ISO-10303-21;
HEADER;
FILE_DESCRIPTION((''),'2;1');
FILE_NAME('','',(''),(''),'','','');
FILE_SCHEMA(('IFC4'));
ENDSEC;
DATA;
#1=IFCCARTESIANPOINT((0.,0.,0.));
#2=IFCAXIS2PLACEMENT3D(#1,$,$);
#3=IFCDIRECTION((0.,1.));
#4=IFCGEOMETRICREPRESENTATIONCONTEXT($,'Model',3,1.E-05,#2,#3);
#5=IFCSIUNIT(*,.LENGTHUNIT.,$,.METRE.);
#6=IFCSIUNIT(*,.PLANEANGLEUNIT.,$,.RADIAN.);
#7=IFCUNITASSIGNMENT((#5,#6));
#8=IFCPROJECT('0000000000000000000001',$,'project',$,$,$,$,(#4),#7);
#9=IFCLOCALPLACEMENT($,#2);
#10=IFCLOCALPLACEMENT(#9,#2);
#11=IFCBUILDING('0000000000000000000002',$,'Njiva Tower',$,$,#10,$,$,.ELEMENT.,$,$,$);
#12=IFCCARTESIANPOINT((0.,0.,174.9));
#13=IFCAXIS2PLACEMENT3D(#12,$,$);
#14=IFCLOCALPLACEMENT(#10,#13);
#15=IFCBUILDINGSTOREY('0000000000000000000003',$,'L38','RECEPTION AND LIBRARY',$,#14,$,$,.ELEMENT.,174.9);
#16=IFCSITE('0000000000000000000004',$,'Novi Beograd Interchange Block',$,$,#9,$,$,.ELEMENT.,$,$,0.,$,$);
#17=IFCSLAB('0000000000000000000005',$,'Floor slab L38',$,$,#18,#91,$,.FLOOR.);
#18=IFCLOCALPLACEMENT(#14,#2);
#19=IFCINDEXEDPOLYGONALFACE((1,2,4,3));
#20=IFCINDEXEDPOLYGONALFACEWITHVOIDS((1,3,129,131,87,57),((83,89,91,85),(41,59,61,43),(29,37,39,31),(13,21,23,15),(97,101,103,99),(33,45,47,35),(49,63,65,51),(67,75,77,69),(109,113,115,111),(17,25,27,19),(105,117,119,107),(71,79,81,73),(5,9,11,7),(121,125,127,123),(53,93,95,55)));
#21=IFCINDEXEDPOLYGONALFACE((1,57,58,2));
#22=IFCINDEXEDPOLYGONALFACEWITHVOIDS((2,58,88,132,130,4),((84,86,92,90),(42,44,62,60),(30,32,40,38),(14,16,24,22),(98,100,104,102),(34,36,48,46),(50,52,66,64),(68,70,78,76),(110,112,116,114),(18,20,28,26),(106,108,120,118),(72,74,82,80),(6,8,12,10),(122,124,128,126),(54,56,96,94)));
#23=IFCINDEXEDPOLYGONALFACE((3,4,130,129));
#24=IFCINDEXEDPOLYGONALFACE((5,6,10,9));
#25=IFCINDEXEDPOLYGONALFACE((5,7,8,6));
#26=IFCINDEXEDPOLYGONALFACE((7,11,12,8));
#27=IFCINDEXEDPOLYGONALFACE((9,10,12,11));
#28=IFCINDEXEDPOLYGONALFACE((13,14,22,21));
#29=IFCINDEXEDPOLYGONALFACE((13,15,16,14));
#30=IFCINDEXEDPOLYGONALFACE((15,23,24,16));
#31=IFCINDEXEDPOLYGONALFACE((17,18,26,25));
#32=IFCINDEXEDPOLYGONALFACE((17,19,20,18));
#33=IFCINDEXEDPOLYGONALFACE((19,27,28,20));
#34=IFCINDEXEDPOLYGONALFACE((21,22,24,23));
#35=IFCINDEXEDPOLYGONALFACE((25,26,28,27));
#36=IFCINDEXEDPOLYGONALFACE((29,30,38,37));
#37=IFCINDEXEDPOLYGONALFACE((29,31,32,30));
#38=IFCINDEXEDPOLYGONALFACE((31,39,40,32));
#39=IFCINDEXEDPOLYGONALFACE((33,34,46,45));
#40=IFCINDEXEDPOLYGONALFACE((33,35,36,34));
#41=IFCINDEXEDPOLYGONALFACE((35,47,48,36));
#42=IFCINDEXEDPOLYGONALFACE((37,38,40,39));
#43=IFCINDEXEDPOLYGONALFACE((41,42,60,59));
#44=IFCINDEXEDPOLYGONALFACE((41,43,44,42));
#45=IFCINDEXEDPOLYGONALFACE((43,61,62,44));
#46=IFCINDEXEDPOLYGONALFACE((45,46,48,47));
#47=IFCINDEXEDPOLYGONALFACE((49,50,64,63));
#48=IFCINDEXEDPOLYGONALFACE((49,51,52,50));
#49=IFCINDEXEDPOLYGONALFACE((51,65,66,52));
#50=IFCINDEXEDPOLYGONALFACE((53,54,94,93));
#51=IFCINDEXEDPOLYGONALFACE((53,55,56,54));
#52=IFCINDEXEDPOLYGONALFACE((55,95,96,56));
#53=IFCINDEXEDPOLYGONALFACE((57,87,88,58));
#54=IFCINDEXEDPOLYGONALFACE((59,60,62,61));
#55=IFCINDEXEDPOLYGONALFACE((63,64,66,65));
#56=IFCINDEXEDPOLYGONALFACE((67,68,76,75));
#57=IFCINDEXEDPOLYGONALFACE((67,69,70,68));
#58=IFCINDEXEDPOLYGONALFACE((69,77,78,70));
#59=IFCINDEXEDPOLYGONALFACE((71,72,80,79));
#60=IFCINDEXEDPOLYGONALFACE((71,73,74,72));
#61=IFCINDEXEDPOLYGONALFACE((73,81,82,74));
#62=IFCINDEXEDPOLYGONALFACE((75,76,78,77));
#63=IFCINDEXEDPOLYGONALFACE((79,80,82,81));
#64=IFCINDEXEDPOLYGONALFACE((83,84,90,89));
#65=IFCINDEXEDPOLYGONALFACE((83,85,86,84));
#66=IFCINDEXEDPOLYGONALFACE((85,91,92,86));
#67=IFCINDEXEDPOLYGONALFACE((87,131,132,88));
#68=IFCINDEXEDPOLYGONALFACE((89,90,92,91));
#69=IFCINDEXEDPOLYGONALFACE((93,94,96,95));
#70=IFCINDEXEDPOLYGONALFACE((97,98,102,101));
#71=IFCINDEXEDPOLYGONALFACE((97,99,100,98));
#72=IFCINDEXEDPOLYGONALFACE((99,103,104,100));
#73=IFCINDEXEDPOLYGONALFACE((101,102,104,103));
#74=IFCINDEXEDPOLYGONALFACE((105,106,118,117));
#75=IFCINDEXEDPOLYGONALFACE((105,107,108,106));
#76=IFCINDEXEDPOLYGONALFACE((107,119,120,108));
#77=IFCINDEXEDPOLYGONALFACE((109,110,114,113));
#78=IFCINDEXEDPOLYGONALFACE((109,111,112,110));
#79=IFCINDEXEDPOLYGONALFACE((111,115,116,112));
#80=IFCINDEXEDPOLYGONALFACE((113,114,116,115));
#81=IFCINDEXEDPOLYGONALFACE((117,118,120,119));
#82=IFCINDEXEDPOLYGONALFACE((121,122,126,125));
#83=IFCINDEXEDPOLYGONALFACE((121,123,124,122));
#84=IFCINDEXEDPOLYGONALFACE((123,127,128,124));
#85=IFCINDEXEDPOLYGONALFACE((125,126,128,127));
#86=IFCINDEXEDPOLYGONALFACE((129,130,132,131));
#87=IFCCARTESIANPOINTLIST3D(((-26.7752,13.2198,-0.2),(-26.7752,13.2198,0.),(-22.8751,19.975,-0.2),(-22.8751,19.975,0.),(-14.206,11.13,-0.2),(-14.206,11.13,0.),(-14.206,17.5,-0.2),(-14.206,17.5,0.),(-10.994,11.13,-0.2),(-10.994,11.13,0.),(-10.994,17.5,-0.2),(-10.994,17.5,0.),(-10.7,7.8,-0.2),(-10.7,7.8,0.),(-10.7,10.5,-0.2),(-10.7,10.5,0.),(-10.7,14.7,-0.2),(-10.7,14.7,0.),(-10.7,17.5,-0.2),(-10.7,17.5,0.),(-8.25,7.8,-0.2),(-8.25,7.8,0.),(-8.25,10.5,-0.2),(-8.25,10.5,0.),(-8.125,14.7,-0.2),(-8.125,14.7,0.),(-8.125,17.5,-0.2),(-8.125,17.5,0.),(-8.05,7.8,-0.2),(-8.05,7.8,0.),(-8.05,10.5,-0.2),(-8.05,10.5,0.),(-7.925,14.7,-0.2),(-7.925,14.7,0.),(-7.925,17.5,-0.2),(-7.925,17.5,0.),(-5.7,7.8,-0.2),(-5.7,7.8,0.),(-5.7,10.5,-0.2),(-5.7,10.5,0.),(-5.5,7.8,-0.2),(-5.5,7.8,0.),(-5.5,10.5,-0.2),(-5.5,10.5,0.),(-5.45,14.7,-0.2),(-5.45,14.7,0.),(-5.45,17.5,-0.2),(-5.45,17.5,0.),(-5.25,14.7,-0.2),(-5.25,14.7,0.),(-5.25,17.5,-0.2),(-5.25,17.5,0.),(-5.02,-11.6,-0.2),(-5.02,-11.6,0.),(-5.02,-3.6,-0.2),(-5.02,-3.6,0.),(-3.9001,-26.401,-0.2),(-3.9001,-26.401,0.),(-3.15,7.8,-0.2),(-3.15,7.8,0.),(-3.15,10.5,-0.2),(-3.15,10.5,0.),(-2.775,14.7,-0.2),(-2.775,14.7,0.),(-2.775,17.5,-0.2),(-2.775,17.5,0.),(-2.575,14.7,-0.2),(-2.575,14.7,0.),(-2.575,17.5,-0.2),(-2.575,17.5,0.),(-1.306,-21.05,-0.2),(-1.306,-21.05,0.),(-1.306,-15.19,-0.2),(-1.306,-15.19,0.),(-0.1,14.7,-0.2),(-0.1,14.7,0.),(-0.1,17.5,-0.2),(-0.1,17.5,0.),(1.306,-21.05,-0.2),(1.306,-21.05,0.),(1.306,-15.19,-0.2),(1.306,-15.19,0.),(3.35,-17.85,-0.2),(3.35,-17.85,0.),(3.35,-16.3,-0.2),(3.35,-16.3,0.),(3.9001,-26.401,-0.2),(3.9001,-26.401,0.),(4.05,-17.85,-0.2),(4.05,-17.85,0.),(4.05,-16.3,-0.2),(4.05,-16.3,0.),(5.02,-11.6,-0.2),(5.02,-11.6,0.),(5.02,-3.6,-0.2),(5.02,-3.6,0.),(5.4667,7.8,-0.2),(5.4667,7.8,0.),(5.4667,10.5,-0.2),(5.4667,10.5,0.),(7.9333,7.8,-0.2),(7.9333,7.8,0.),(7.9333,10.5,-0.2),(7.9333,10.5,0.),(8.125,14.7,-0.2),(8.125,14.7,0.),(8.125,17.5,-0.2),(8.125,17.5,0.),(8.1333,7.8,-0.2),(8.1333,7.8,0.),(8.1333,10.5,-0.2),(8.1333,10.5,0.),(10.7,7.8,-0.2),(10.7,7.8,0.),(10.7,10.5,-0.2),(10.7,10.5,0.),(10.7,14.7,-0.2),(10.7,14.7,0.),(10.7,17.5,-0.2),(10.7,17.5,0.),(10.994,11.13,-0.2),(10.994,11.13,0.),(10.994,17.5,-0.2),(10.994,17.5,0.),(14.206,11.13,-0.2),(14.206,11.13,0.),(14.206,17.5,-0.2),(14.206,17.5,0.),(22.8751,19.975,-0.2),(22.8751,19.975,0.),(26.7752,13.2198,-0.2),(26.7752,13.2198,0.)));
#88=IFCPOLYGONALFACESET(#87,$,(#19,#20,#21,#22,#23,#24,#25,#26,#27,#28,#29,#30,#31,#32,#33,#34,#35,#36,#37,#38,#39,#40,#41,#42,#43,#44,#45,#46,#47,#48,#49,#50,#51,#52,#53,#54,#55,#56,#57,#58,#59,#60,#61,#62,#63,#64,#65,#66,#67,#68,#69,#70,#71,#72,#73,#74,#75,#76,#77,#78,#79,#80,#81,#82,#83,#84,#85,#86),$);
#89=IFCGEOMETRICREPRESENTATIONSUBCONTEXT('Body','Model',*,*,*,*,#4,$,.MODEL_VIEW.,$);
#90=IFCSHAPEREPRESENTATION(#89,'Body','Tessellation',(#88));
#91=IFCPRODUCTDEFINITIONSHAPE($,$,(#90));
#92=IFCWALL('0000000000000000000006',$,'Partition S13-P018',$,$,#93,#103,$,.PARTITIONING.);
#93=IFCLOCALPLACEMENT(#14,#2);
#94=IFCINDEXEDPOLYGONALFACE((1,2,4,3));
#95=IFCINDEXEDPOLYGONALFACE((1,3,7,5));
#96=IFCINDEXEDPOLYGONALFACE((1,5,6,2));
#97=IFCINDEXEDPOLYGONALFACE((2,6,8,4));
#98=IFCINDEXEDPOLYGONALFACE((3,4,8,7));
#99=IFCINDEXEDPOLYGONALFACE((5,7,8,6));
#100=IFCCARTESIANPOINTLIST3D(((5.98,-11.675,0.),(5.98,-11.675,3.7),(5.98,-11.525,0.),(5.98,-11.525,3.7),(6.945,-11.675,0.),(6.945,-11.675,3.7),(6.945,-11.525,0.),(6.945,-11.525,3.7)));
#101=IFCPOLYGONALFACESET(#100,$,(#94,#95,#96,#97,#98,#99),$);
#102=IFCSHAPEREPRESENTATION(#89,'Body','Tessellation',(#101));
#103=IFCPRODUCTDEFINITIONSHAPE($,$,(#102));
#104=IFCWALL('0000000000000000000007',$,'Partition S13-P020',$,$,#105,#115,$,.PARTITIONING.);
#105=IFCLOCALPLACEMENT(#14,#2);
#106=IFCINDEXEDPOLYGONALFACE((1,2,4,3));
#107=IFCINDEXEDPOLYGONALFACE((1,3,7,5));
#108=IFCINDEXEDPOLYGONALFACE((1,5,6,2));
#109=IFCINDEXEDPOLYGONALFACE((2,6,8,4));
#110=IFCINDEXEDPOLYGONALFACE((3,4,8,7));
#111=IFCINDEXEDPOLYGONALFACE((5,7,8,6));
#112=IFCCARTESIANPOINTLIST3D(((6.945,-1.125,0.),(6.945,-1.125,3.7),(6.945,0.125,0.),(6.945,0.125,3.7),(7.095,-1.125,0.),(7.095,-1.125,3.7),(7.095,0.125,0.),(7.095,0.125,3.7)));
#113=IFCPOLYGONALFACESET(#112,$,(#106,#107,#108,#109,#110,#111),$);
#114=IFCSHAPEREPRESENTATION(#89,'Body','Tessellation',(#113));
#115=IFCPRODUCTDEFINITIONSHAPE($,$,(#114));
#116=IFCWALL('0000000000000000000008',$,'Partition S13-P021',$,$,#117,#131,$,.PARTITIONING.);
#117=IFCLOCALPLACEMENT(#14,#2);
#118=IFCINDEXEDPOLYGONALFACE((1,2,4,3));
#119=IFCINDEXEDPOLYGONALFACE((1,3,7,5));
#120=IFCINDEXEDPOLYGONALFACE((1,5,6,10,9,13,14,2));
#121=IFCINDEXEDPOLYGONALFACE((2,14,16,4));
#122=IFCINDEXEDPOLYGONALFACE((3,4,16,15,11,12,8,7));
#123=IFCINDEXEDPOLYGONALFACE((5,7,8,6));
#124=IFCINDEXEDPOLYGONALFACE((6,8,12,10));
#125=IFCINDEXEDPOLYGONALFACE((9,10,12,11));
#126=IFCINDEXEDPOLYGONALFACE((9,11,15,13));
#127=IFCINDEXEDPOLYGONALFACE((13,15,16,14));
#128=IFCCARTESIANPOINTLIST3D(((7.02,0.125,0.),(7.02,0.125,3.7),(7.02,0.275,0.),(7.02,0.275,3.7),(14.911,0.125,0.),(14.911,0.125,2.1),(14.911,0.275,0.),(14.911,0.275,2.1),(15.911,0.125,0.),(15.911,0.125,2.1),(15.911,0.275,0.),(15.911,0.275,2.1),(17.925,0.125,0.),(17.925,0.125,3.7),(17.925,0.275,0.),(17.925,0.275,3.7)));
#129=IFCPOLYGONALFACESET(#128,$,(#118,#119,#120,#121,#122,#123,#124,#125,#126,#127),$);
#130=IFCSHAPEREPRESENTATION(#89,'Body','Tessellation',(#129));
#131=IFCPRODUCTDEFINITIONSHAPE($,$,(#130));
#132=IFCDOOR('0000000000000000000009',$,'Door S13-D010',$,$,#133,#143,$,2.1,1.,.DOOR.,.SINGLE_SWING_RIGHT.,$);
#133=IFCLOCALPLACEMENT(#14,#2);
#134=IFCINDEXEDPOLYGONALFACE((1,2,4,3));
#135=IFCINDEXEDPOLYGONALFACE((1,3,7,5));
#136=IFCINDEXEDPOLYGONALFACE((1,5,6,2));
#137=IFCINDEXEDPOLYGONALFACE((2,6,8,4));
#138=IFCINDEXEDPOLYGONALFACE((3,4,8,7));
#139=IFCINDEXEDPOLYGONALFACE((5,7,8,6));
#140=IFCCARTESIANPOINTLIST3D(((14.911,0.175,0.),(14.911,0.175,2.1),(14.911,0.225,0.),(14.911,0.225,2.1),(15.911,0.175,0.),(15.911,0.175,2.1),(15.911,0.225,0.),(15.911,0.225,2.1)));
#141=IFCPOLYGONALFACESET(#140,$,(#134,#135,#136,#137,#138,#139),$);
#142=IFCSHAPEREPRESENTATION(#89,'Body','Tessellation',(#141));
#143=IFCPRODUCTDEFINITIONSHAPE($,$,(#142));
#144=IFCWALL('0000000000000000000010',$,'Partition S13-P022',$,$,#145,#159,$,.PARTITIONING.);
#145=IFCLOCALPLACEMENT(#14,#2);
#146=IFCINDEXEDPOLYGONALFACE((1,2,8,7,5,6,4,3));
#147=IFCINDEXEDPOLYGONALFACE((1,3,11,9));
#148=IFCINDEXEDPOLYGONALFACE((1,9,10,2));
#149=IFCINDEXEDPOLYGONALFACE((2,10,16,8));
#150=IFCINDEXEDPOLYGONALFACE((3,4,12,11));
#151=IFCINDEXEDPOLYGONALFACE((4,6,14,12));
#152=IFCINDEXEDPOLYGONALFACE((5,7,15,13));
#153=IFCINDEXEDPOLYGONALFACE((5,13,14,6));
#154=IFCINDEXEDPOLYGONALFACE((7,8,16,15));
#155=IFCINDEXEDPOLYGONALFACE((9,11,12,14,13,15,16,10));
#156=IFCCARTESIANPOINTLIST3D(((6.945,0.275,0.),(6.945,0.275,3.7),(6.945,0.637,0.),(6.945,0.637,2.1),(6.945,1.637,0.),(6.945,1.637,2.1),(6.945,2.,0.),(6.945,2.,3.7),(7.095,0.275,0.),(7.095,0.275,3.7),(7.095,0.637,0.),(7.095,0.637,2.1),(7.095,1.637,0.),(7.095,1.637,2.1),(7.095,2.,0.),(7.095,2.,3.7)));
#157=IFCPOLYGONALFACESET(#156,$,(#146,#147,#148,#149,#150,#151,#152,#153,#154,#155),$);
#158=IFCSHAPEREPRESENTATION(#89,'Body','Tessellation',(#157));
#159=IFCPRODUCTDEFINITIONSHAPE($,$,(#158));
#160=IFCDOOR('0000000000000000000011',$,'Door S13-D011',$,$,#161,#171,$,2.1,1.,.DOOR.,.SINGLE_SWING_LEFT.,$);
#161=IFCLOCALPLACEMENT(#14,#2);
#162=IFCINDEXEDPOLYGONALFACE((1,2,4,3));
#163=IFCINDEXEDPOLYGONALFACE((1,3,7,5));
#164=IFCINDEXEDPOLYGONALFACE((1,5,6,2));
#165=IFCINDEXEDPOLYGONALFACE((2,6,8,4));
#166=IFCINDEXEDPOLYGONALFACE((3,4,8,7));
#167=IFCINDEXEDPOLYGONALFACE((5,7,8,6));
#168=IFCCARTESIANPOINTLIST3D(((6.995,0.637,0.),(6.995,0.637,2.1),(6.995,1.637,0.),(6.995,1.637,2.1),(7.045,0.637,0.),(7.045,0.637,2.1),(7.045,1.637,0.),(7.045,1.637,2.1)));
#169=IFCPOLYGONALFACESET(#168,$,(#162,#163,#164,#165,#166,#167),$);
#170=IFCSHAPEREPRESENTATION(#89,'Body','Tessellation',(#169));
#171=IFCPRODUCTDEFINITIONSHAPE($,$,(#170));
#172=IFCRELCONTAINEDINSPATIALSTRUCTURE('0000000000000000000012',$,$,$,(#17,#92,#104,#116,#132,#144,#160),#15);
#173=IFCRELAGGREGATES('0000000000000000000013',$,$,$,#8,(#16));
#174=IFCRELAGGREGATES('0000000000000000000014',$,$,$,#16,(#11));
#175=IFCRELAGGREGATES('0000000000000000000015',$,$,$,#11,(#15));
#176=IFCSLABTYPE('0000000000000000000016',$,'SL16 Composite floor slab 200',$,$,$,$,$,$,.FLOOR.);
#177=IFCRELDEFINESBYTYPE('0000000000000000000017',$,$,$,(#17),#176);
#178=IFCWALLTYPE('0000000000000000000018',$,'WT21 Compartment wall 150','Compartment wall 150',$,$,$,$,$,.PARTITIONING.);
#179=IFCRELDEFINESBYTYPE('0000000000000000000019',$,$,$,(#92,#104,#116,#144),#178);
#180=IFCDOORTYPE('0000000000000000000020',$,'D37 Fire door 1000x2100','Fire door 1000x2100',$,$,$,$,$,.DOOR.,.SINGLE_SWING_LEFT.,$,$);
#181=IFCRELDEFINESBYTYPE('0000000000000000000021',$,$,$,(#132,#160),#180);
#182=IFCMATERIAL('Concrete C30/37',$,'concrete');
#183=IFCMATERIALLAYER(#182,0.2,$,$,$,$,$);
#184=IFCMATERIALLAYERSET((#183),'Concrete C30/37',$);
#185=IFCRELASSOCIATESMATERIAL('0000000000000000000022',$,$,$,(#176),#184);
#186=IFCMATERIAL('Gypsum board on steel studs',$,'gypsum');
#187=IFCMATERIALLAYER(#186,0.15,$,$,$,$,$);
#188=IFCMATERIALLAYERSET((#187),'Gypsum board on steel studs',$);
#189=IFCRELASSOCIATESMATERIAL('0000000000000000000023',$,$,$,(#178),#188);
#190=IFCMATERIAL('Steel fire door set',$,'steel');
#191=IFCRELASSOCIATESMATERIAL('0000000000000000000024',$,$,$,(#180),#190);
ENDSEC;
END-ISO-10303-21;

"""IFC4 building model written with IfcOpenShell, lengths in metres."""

from ifc_helpers import new_model, si_unit, direction, frame, frame_2d, origin, place, context, subcontext, project, spatial, polyline, rectangle, outline, extrude, material, layer, layer_set, type_object, element, fill, save


model = new_model("IFC4")

# Units and contexts
model_context = context("Model", 3, precision=1e-05, world=origin(), true_north=direction((0.0, 1.0)))
body_context = subcontext(model_context, "Body", "Model", "MODEL_VIEW")
ifc_project = project(units=[si_unit("LENGTHUNIT", "METRE"), si_unit("PLANEANGLEUNIT", "RADIAN")], contexts=[model_context])

# Site, building, storey
site_placement = place(None, origin())
site = spatial("IfcSite", under=ifc_project, at=site_placement, Name="Novi Beograd Interchange Block", CompositionType="ELEMENT", RefElevation=0.0)
building_placement = place(site_placement, origin())
building = spatial("IfcBuilding", under=site, at=building_placement, Name="Njiva Tower", CompositionType="ELEMENT")
storey_placement = place(building_placement, frame((0.0, 0.0, 174.9)))
storey = spatial("IfcBuildingStorey", under=building, at=storey_placement, Name="L38", Description="RECEPTION AND LIBRARY", CompositionType="ELEMENT", Elevation=174.9)

# Slab
ifc_material_1 = material(Name="Concrete C30/37", Category="concrete")
ifc_layer_1 = layer(ifc_material_1, 0.2)
ifc_layer_set_1 = layer_set([ifc_layer_1], Name="Concrete C30/37")
slab_type_1 = type_object("IfcSlabType", Name="SL16 Composite floor slab 200", PredefinedType="FLOOR", material=ifc_layer_set_1)
slab_1_placement = place(storey_placement, frame((0.0, 0.0, -0.2)))
element("IfcSlab", 1, at=slab_1_placement, inside=storey, type_object=slab_type_1, Name="Floor slab L38", PredefinedType="FLOOR", context=body_context, shape_type="SweptSolid", body=[
    extrude(outline(polyline([(26.7752, 13.2198), (3.9001, -26.401), (-3.9001, -26.401), (-26.7752, 13.2198), (-22.8751, 19.975), (22.8751, 19.975), (26.7752, 13.2198)]), holes=[polyline([(10.994, 11.13), (14.206, 11.13), (14.206, 17.5), (10.994, 17.5), (10.994, 11.13)]), polyline([(8.125, 14.7), (10.7, 14.7), (10.7, 17.5), (8.125, 17.5), (8.125, 14.7)]), polyline([(8.1333, 7.8), (10.7, 7.8), (10.7, 10.5), (8.1333, 10.5), (8.1333, 7.8)]), polyline([(5.4667, 7.8), (7.9333, 7.8), (7.9333, 10.5), (5.4667, 10.5), (5.4667, 7.8)]), polyline([(5.02, -11.6), (5.02, -3.6), (-5.02, -3.6), (-5.02, -11.6), (5.02, -11.6)]), polyline([(3.35, -17.85), (4.05, -17.85), (4.05, -16.3), (3.35, -16.3), (3.35, -17.85)]), polyline([(-1.306, -21.05), (1.306, -21.05), (1.306, -15.19), (-1.306, -15.19), (-1.306, -21.05)]), polyline([(-2.575, 14.7), (-0.1, 14.7), (-0.1, 17.5), (-2.575, 17.5), (-2.575, 14.7)]), polyline([(-5.25, 14.7), (-2.775, 14.7), (-2.775, 17.5), (-5.25, 17.5), (-5.25, 14.7)]), polyline([(-5.5, 7.8), (-3.15, 7.8), (-3.15, 10.5), (-5.5, 10.5), (-5.5, 7.8)]), polyline([(-7.925, 14.7), (-5.45, 14.7), (-5.45, 17.5), (-7.925, 17.5), (-7.925, 14.7)]), polyline([(-8.05, 7.8), (-5.7, 7.8), (-5.7, 10.5), (-8.05, 10.5), (-8.05, 7.8)]), polyline([(-10.7, 14.7), (-8.125, 14.7), (-8.125, 17.5), (-10.7, 17.5), (-10.7, 14.7)]), polyline([(-8.25, 7.8), (-8.25, 10.5), (-10.7, 10.5), (-10.7, 7.8), (-8.25, 7.8)]), polyline([(-14.206, 11.13), (-10.994, 11.13), (-10.994, 17.5), (-14.206, 17.5), (-14.206, 11.13)])]), origin(), (0.0, 0.0, 1.0), 0.2),
])

# Walls
ifc_material_2 = material(Name="Gypsum board on steel studs", Category="gypsum")
ifc_layer_2 = layer(ifc_material_2, 0.15)
ifc_layer_set_2 = layer_set([ifc_layer_2], Name="Gypsum board on steel studs")
wall_type_1 = type_object("IfcWallType", Name="WT21 Compartment wall 150", Description="Compartment wall 150", PredefinedType="PARTITIONING", material=ifc_layer_set_2)
wall_1_placement = place(storey_placement, frame((5.98, -11.6, 0.0), z_axis=(0.0, 0.0, 1.0), x_axis=(1.0, 0.0, 0.0)))
element("IfcWall", 2, at=wall_1_placement, inside=storey, type_object=wall_type_1, Name="Partition S13-P018", PredefinedType="PARTITIONING", context=body_context, shape_type="SweptSolid", body=[
    extrude(rectangle(XDim=0.965, YDim=0.15, at=frame_2d((0.4825, 0.0))), origin(), (0.0, 0.0, 1.0), 3.7),
])
wall_2_placement = place(storey_placement, frame((7.02, -1.125, 0.0), z_axis=(0.0, 0.0, 1.0), x_axis=(0.0, 1.0, 0.0)))
element("IfcWall", 3, at=wall_2_placement, inside=storey, type_object=wall_type_1, Name="Partition S13-P020", PredefinedType="PARTITIONING", context=body_context, shape_type="SweptSolid", body=[
    extrude(rectangle(XDim=1.25, YDim=0.15, at=frame_2d((0.625, 0.0))), origin(), (0.0, 0.0, 1.0), 3.7),
])

# Walls, openings, doors
wall_3_placement = place(storey_placement, frame((7.02, 0.2, 0.0), z_axis=(0.0, 0.0, 1.0), x_axis=(1.0, 0.0, 0.0)))
wall_3 = element("IfcWall", 4, at=wall_3_placement, inside=storey, type_object=wall_type_1, Name="Partition S13-P021", PredefinedType="PARTITIONING", context=body_context, shape_type="SweptSolid", body=[
    extrude(rectangle(XDim=10.905, YDim=0.15, at=frame_2d((5.4525, 0.0))), origin(), (0.0, 0.0, 1.0), 3.7),
])
opening_1_placement = place(wall_3_placement, frame((7.891, 0.0, 0.0)))
opening_1 = element("IfcOpeningElement", 5, at=opening_1_placement, cuts=wall_3, PredefinedType="OPENING", context=body_context, shape_type="SweptSolid", body=[
    extrude(rectangle(XDim=1.0, YDim=2.1, at=frame_2d((0.5, 1.05))), frame((0.0, 0.085, 0.0), z_axis=(0.0, -1.0, 0.0), x_axis=(1.0, 0.0, 0.0)), (0.0, 0.0, 1.0), 0.17),
])
ifc_material_3 = material(Name="Steel fire door set", Category="steel")
door_type = type_object("IfcDoorType", Name="D37 Fire door 1000x2100", Description="Fire door 1000x2100", OperationType="SINGLE_SWING_LEFT", PredefinedType="DOOR", material=ifc_material_3)
door_1_placement = place(opening_1_placement, origin())
door_1 = element("IfcDoor", 6, at=door_1_placement, inside=storey, type_object=door_type, Name="Door S13-D010", OperationType="SINGLE_SWING_RIGHT", OverallHeight=2.1, OverallWidth=1.0, PredefinedType="DOOR", context=body_context, shape_type="SweptSolid", body=[
    extrude(rectangle(XDim=1.0, YDim=2.1, at=frame_2d((0.5, 1.05))), frame((0.0, 0.025, 0.0), z_axis=(0.0, -1.0, 0.0), x_axis=(1.0, 0.0, 0.0)), (0.0, 0.0, 1.0), 0.05),
])
fill(opening_1, door_1)
wall_4_placement = place(storey_placement, frame((7.02, 0.275, 0.0), z_axis=(0.0, 0.0, 1.0), x_axis=(0.0, 1.0, 0.0)))
wall_4 = element("IfcWall", 7, at=wall_4_placement, inside=storey, type_object=wall_type_1, Name="Partition S13-P022", PredefinedType="PARTITIONING", context=body_context, shape_type="SweptSolid", body=[
    extrude(rectangle(XDim=1.725, YDim=0.15, at=frame_2d((0.8625, 0.0))), origin(), (0.0, 0.0, 1.0), 3.7),
])
opening_2_placement = place(wall_4_placement, frame((0.362, 0.0, 0.0)))
opening_2 = element("IfcOpeningElement", 8, at=opening_2_placement, cuts=wall_4, PredefinedType="OPENING", context=body_context, shape_type="SweptSolid", body=[
    extrude(rectangle(XDim=1.0, YDim=2.1, at=frame_2d((0.5, 1.05))), frame((0.0, 0.085, 0.0), z_axis=(0.0, -1.0, 0.0), x_axis=(1.0, 0.0, 0.0)), (0.0, 0.0, 1.0), 0.17),
])
door_2_placement = place(opening_2_placement, origin())
door_2 = element("IfcDoor", 9, at=door_2_placement, inside=storey, type_object=door_type, Name="Door S13-D011", OperationType="SINGLE_SWING_LEFT", OverallHeight=2.1, OverallWidth=1.0, PredefinedType="DOOR", context=body_context, shape_type="SweptSolid", body=[
    extrude(rectangle(XDim=1.0, YDim=2.1, at=frame_2d((0.5, 1.05))), frame((0.0, 0.025, 0.0), z_axis=(0.0, -1.0, 0.0), x_axis=(1.0, 0.0, 0.0)), (0.0, 0.0, 1.0), 0.05),
])
fill(opening_2, door_2)

save(model, "model.ifc")
